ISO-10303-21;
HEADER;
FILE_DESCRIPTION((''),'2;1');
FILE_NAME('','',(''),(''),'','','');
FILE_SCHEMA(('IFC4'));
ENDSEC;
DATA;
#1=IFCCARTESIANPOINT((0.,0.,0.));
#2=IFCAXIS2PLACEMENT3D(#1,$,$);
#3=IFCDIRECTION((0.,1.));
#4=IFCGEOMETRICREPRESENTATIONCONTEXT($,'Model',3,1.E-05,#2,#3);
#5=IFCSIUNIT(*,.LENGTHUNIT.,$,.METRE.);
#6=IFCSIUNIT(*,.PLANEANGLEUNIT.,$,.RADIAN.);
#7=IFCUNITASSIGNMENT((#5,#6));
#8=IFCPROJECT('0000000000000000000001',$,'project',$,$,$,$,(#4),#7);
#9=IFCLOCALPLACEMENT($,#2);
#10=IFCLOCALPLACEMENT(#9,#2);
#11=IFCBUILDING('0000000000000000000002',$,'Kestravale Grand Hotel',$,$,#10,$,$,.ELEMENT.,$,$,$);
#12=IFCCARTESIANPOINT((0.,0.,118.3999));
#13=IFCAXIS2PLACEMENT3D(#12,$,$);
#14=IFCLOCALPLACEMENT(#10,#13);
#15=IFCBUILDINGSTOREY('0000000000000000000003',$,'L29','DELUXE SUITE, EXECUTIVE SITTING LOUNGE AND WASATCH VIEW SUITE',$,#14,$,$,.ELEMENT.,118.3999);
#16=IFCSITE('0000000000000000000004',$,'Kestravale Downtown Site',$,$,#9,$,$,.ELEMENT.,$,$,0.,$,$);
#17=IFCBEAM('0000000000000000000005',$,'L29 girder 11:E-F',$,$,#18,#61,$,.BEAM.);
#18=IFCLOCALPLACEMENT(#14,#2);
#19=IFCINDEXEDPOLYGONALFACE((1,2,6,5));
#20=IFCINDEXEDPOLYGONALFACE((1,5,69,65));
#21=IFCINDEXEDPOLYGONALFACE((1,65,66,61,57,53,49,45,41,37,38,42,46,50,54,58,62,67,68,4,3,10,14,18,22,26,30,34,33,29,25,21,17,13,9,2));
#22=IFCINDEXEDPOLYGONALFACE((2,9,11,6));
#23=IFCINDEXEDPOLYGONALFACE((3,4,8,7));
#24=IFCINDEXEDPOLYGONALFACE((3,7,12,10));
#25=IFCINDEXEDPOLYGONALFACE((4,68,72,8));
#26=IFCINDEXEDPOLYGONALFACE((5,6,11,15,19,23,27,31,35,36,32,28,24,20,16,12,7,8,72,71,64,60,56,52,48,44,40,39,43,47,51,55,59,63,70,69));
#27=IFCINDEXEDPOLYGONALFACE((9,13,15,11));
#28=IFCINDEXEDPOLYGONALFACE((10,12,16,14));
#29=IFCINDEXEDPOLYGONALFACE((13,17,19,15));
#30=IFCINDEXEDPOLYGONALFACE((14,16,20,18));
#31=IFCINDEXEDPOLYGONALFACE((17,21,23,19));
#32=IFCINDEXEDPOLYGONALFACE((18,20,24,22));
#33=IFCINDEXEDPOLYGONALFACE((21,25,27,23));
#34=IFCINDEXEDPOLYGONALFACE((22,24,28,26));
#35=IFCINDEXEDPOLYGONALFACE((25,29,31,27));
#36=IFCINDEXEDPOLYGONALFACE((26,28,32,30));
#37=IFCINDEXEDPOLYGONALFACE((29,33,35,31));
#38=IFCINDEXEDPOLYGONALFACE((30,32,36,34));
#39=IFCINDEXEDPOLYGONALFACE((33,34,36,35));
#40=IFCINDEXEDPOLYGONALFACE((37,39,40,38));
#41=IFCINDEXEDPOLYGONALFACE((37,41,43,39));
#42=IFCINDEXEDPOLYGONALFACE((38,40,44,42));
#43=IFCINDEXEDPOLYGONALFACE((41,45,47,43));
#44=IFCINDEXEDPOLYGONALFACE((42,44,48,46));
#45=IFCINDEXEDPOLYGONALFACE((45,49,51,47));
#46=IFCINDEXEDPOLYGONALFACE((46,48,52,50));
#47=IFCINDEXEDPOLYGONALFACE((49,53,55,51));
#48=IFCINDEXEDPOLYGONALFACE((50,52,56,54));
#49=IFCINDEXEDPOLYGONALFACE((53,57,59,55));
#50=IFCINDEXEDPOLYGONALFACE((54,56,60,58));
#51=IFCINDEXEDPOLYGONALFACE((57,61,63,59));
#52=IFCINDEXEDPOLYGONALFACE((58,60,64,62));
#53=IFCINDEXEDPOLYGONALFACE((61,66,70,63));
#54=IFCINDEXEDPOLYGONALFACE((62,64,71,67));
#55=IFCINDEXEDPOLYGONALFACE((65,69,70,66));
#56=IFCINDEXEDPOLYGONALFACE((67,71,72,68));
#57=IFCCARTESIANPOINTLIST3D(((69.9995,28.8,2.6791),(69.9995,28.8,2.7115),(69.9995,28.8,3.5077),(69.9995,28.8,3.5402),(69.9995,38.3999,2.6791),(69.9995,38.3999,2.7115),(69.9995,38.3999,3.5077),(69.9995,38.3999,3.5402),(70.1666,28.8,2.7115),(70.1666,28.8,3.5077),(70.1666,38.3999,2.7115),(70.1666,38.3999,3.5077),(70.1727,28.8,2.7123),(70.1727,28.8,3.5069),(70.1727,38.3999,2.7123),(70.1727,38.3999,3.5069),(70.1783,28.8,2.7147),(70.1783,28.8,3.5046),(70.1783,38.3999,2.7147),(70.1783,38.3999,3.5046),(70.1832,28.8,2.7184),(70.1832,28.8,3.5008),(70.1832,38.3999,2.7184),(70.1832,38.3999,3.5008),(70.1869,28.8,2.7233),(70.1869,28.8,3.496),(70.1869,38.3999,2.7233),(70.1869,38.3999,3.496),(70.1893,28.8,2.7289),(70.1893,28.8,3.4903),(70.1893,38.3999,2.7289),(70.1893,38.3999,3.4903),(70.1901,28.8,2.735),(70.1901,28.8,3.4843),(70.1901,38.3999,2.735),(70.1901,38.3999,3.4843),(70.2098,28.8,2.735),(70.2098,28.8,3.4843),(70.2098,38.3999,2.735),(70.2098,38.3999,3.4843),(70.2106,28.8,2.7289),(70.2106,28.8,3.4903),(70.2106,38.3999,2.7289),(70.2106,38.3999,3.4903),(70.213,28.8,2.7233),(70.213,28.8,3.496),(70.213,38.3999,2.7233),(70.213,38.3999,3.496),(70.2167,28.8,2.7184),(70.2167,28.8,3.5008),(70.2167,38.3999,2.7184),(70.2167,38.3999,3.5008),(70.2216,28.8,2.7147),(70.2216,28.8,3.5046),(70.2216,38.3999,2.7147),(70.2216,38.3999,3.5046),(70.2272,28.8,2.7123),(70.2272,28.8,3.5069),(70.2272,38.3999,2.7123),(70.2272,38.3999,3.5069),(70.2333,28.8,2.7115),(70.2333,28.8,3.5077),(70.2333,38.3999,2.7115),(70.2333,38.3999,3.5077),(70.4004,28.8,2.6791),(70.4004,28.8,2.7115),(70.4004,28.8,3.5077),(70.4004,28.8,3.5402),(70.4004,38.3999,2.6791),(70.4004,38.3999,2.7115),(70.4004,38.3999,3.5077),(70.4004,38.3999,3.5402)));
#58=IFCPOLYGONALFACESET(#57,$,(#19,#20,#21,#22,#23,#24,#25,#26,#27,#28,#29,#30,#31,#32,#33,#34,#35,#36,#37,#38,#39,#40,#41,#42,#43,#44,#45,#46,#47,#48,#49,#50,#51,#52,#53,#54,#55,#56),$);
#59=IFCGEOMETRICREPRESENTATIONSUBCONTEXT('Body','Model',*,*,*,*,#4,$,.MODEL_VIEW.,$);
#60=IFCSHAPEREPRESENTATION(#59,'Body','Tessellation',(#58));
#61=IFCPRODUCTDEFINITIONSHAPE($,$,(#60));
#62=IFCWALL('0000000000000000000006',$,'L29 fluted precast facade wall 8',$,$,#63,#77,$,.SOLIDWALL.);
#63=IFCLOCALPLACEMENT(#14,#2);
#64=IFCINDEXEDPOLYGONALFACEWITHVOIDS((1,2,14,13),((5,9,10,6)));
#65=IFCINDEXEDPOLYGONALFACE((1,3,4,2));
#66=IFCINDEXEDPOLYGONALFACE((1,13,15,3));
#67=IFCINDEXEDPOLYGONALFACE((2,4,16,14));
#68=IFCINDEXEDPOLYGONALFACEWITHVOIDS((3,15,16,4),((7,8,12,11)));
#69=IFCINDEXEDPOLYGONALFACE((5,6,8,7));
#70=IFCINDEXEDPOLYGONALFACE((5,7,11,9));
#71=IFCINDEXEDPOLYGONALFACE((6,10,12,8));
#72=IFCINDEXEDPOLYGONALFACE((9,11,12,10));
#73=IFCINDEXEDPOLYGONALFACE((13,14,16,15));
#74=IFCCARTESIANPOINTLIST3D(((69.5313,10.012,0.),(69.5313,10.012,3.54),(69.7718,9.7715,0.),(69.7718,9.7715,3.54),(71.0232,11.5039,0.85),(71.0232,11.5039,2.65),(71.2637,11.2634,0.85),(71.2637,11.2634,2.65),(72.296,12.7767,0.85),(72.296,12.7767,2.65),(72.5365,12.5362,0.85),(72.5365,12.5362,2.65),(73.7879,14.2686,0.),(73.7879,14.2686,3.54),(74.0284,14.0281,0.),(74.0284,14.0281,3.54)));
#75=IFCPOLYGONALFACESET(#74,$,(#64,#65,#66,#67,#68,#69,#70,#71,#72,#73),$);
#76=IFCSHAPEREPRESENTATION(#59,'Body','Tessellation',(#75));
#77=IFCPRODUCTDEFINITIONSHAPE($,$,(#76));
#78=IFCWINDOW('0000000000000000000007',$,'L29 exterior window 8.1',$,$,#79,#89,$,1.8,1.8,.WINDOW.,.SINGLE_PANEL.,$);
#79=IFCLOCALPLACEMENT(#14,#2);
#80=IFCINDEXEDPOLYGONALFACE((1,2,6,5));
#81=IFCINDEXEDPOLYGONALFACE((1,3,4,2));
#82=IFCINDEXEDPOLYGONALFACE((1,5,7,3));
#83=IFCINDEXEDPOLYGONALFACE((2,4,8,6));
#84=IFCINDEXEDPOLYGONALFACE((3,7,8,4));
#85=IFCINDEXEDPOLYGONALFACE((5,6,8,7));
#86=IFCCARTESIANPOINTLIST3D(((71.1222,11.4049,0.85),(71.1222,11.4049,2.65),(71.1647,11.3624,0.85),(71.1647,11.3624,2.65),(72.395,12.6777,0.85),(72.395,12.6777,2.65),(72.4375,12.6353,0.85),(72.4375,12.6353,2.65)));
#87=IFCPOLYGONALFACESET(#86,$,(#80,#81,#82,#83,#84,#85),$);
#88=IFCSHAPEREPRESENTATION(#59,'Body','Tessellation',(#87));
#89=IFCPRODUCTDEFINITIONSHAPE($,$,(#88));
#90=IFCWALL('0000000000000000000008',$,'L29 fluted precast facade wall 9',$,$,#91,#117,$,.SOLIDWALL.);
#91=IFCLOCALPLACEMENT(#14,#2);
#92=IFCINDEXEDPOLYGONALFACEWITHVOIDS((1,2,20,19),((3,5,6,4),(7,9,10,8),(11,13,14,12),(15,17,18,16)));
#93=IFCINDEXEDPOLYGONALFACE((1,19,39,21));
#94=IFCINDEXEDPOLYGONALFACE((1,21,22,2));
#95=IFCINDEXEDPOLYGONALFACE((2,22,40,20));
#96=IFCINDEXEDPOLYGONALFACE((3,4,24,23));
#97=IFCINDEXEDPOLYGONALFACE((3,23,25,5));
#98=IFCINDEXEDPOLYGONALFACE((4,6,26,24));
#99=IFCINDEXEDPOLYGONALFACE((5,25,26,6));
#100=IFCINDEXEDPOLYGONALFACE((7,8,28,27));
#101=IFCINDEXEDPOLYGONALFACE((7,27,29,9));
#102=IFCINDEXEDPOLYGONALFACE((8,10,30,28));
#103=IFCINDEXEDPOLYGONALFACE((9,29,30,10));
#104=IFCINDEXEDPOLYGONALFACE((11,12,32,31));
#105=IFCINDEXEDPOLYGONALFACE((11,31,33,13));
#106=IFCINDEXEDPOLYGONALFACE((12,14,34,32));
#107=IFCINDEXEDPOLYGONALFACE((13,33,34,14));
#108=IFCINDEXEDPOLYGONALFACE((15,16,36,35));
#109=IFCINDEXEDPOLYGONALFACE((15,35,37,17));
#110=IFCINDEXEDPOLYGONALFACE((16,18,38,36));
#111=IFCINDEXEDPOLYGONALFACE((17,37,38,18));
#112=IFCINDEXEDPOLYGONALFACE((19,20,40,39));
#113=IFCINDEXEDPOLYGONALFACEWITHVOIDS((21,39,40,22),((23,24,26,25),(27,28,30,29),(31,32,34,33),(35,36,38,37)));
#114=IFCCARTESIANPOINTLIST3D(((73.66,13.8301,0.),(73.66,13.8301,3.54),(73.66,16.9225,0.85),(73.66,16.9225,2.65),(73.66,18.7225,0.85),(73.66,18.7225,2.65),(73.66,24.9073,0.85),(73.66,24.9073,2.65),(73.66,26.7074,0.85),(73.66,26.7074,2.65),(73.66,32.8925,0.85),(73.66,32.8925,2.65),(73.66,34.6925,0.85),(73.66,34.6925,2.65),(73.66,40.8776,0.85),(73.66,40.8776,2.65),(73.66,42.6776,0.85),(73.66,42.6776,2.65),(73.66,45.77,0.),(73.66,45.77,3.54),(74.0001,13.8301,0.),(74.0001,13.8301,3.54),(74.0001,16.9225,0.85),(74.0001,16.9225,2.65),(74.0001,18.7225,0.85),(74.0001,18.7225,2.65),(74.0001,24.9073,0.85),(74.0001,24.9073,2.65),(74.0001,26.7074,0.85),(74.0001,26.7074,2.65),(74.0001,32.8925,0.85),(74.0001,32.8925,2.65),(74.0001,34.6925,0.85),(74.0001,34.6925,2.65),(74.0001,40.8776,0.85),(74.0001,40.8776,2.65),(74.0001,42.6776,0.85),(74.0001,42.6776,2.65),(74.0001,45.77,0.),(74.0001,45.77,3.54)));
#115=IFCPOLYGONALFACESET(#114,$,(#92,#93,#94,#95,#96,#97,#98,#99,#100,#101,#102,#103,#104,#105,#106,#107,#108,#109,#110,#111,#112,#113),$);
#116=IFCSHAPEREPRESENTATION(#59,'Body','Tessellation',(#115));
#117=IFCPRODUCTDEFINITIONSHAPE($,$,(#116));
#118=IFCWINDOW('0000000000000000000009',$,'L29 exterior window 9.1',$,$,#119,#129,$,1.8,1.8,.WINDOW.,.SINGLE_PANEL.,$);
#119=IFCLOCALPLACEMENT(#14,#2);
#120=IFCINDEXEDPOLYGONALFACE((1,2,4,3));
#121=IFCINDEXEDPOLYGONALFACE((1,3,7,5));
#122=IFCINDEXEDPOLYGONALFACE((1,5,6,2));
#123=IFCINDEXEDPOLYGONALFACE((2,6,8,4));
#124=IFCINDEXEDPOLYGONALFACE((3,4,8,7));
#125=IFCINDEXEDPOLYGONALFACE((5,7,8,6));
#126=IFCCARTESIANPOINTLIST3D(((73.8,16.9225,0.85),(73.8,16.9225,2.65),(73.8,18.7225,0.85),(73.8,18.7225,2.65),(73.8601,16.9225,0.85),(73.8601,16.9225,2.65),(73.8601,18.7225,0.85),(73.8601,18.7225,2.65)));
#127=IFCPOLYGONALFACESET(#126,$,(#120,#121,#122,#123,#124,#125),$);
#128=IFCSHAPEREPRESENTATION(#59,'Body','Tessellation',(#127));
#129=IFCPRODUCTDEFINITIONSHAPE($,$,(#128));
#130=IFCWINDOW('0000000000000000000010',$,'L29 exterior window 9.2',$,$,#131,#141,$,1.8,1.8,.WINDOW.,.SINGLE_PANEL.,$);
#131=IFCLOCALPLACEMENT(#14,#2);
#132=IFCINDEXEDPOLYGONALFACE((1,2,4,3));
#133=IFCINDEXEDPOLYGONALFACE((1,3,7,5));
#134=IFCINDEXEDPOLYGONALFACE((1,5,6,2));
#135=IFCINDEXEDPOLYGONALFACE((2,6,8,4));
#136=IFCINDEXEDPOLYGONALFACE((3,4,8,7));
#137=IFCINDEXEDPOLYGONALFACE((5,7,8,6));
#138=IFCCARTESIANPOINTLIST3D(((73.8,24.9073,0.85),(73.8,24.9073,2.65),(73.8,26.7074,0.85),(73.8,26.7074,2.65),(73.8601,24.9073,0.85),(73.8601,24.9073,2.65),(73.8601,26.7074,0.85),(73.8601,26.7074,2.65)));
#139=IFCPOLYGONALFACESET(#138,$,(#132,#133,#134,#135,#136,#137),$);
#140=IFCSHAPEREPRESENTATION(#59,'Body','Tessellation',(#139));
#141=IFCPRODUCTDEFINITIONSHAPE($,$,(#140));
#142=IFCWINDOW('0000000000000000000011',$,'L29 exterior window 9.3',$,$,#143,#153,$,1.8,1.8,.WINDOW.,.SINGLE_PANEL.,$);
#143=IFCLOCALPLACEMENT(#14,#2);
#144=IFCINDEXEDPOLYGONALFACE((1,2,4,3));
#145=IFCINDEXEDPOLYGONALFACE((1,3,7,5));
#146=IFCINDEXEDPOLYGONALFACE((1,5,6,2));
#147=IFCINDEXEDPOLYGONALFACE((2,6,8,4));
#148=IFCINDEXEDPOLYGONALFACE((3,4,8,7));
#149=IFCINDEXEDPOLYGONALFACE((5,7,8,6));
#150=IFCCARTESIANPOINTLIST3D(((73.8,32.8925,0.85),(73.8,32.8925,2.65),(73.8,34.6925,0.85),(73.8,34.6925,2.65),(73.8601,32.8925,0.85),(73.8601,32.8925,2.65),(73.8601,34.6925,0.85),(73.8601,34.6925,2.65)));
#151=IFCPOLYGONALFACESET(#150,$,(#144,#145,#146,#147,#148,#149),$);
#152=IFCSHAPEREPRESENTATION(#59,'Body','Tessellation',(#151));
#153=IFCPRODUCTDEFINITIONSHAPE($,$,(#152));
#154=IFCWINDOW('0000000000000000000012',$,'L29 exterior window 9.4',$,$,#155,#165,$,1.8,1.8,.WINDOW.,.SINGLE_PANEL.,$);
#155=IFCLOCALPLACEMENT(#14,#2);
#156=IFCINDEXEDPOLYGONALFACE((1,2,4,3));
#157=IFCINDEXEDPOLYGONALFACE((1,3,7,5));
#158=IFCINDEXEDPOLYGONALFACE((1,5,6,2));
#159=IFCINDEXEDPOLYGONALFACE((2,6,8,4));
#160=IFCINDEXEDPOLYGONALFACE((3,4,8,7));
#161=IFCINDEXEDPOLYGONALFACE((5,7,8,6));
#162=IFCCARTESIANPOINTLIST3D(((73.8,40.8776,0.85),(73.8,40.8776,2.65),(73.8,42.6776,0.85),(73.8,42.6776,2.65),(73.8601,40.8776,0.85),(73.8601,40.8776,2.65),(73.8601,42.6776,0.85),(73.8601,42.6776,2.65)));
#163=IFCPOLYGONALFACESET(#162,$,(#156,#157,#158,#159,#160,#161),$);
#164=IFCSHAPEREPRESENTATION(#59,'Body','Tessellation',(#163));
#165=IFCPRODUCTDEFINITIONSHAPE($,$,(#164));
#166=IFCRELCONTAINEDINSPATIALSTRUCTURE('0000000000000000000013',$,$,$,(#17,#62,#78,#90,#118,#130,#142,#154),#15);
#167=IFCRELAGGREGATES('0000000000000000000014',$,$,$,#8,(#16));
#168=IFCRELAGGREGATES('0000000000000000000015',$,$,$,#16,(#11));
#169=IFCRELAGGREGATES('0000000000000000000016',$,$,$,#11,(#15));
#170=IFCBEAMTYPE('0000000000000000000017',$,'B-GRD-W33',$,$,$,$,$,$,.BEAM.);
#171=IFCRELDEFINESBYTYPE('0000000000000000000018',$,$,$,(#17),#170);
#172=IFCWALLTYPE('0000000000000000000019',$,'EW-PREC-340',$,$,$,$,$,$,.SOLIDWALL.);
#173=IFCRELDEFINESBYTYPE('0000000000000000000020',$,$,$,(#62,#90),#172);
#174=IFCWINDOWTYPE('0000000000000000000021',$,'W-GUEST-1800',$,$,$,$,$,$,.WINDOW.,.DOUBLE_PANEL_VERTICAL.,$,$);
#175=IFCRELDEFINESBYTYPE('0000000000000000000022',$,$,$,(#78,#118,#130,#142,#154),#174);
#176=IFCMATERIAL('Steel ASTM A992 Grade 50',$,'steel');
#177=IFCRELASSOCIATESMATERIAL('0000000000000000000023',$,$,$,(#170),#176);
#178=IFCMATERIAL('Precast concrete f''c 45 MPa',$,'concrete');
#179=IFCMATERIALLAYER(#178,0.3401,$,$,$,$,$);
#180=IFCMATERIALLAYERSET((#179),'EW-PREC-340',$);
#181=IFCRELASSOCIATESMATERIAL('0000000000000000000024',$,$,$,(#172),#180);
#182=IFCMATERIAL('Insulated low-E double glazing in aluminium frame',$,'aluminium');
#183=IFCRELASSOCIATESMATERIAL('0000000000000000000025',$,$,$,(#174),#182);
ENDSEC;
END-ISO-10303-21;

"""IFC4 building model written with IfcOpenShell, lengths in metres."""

from ifc_helpers import new_model, si_unit, direction, frame, frame_2d, origin, origin_2d, place, context, subcontext, project, spatial, rectangle, i_section, extrude, material, layer, layer_set, material_profile, profile_set, type_object, element, fill, save


model = new_model("IFC4")

# Units and contexts
model_context = context("Model", 3, precision=1e-05, world=origin(), true_north=direction((0.0, 1.0)))
body_context = subcontext(model_context, "Body", "Model", "MODEL_VIEW")
ifc_project = project(units=[si_unit("LENGTHUNIT", "METRE"), si_unit("PLANEANGLEUNIT", "RADIAN")], contexts=[model_context])

# Site, building, storey
site_placement = place(None, origin())
site = spatial("IfcSite", under=ifc_project, at=site_placement, Name="Kestravale Downtown Site", CompositionType="ELEMENT", RefElevation=0.0)
building_placement = place(site_placement, origin())
building = spatial("IfcBuilding", under=site, at=building_placement, Name="Kestravale Grand Hotel", CompositionType="ELEMENT")
storey_placement = place(building_placement, frame((0.0, 0.0, 118.3999)))
storey = spatial("IfcBuildingStorey", under=building, at=storey_placement, Name="L29", Description="DELUXE SUITE, EXECUTIVE SITTING LOUNGE AND WASATCH VIEW SUITE", CompositionType="ELEMENT", Elevation=118.3999)

# Beam
ifc_material_1 = material(Name="Steel ASTM A992 Grade 50", Category="steel")
ifc_material_profile_1 = material_profile(ifc_material_1, i_section(OverallWidth=0.4009, OverallDepth=0.8611, WebThickness=0.0198, FlangeThickness=0.0325, FilletRadius=0.0234, at=origin_2d()))
ifc_profile_set_1 = profile_set([ifc_material_profile_1], Name="Steel ASTM A992 Grade 50")
beam_type_1 = type_object("IfcBeamType", Name="B-GRD-W33", PredefinedType="BEAM", material=ifc_profile_set_1)
beam_1_placement = place(storey_placement, frame((70.2, 28.8, 3.1096), z_axis=(0.0, 1.0, 0.0), x_axis=(-1.0, 0.0, 0.0)))
element("IfcBeam", 1, at=beam_1_placement, inside=storey, type_object=beam_type_1, Name="L29 girder 11:E-F", PredefinedType="BEAM", context=body_context, shape_type="SweptSolid", body=[
    extrude(i_section(OverallWidth=0.4009, OverallDepth=0.8611, WebThickness=0.0198, FlangeThickness=0.0325, FilletRadius=0.0234, at=origin_2d()), origin(), (0.0, 0.0, 1.0), 9.5999),
])

# Wall, opening, window
ifc_material_2 = material(Name="Precast concrete f'c 45 MPa", Category="concrete")
ifc_layer_1 = layer(ifc_material_2, 0.3401)
ifc_layer_set_1 = layer_set([ifc_layer_1], Name="EW-PREC-340")
wall_type_1 = type_object("IfcWallType", Name="EW-PREC-340", PredefinedType="SOLIDWALL", material=ifc_layer_set_1)
wall_1_placement = place(storey_placement, frame((69.6516, 9.8918, 0.0), z_axis=(0.0, 0.0, 1.0), x_axis=(0.707107, 0.707107, 0.0)))
wall_1 = element("IfcWall", 2, at=wall_1_placement, inside=storey, type_object=wall_type_1, Name="L29 fluted precast facade wall 8", PredefinedType="SOLIDWALL", context=body_context, shape_type="SweptSolid", body=[
    extrude(rectangle(XDim=6.0198, YDim=0.3401, at=frame_2d((3.0098, 0.0))), origin(), (0.0, 0.0, 1.0), 3.54),
])
opening_1_placement = place(wall_1_placement, frame((2.1099, 0.0, 0.8501)))
opening_1 = element("IfcOpeningElement", 3, at=opening_1_placement, cuts=wall_1, PredefinedType="OPENING", context=body_context, shape_type="SweptSolid", body=[
    extrude(rectangle(XDim=1.8, YDim=1.8, at=frame_2d((0.8999, 0.8999))), frame((0.0, 0.1799, 0.0), z_axis=(0.0, -1.0, 0.0), x_axis=(1.0, 0.0, 0.0)), (0.0, 0.0, 1.0), 0.3601),
])
ifc_material_3 = material(Name="Insulated low-E double glazing in aluminium frame", Category="aluminium")
window_type = type_object("IfcWindowType", Name="W-GUEST-1800", PartitioningType="DOUBLE_PANEL_VERTICAL", PredefinedType="WINDOW", material=ifc_material_3)
window_1_placement = place(opening_1_placement, origin())
window_1 = element("IfcWindow", 4, at=window_1_placement, inside=storey, type_object=window_type, Name="L29 exterior window 8.1", OverallHeight=1.8, OverallWidth=1.8, PartitioningType="SINGLE_PANEL", PredefinedType="WINDOW", context=body_context, shape_type="SweptSolid", body=[
    extrude(rectangle(XDim=1.8, YDim=1.8, at=frame_2d((0.8999, 0.8999))), frame((0.0, 0.03, 0.0), z_axis=(0.0, -1.0, 0.0), x_axis=(1.0, 0.0, 0.0)), (0.0, 0.0, 1.0), 0.0601),
])
fill(opening_1, window_1)

# Wall, openings, windows
wall_2_placement = place(storey_placement, frame((73.8301, 13.8301, 0.0), z_axis=(0.0, 0.0, 1.0), x_axis=(0.0, 1.0, 0.0)))
wall_2 = element("IfcWall", 5, at=wall_2_placement, inside=storey, type_object=wall_type_1, Name="L29 fluted precast facade wall 9", PredefinedType="SOLIDWALL", context=body_context, shape_type="SweptSolid", body=[
    extrude(rectangle(XDim=31.9399, YDim=0.3401, at=frame_2d((15.97, 0.0))), origin(), (0.0, 0.0, 1.0), 3.54),
])
opening_2_placement = place(wall_2_placement, frame((3.0925, 0.0, 0.8501)))
opening_2 = element("IfcOpeningElement", 6, at=opening_2_placement, cuts=wall_2, PredefinedType="OPENING", context=body_context, shape_type="SweptSolid", body=[
    extrude(rectangle(XDim=1.8, YDim=1.8, at=frame_2d((0.8999, 0.8999))), frame((0.0, 0.1799, 0.0), z_axis=(0.0, -1.0, 0.0), x_axis=(1.0, 0.0, 0.0)), (0.0, 0.0, 1.0), 0.3601),
])
opening_3_placement = place(wall_2_placement, frame((11.0774, 0.0, 0.8501)))
opening_3 = element("IfcOpeningElement", 7, at=opening_3_placement, cuts=wall_2, PredefinedType="OPENING", context=body_context, shape_type="SweptSolid", body=[
    extrude(rectangle(XDim=1.8, YDim=1.8, at=frame_2d((0.8999, 0.8999))), frame((0.0, 0.1799, 0.0), z_axis=(0.0, -1.0, 0.0), x_axis=(1.0, 0.0, 0.0)), (0.0, 0.0, 1.0), 0.3601),
])
opening_4_placement = place(wall_2_placement, frame((19.0625, 0.0, 0.8501)))
opening_4 = element("IfcOpeningElement", 8, at=opening_4_placement, cuts=wall_2, PredefinedType="OPENING", context=body_context, shape_type="SweptSolid", body=[
    extrude(rectangle(XDim=1.8, YDim=1.8, at=frame_2d((0.8999, 0.8999))), frame((0.0, 0.1799, 0.0), z_axis=(0.0, -1.0, 0.0), x_axis=(1.0, 0.0, 0.0)), (0.0, 0.0, 1.0), 0.3601),
])
opening_5_placement = place(wall_2_placement, frame((27.0476, 0.0, 0.8501)))
opening_5 = element("IfcOpeningElement", 9, at=opening_5_placement, cuts=wall_2, PredefinedType="OPENING", context=body_context, shape_type="SweptSolid", body=[
    extrude(rectangle(XDim=1.8, YDim=1.8, at=frame_2d((0.8999, 0.8999))), frame((0.0, 0.1799, 0.0), z_axis=(0.0, -1.0, 0.0), x_axis=(1.0, 0.0, 0.0)), (0.0, 0.0, 1.0), 0.3601),
])
window_2_placement = place(opening_2_placement, origin())
window_2 = element("IfcWindow", 10, at=window_2_placement, inside=storey, type_object=window_type, Name="L29 exterior window 9.1", OverallHeight=1.8, OverallWidth=1.8, PartitioningType="SINGLE_PANEL", PredefinedType="WINDOW", context=body_context, shape_type="SweptSolid", body=[
    extrude(rectangle(XDim=1.8, YDim=1.8, at=frame_2d((0.8999, 0.8999))), frame((0.0, 0.03, 0.0), z_axis=(0.0, -1.0, 0.0), x_axis=(1.0, 0.0, 0.0)), (0.0, 0.0, 1.0), 0.0601),
])
fill(opening_2, window_2)
window_3_placement = place(opening_3_placement, origin())
window_3 = element("IfcWindow", 11, at=window_3_placement, inside=storey, type_object=window_type, Name="L29 exterior window 9.2", OverallHeight=1.8, OverallWidth=1.8, PartitioningType="SINGLE_PANEL", PredefinedType="WINDOW", context=body_context, shape_type="SweptSolid", body=[
    extrude(rectangle(XDim=1.8, YDim=1.8, at=frame_2d((0.8999, 0.8999))), frame((0.0, 0.03, 0.0), z_axis=(0.0, -1.0, 0.0), x_axis=(1.0, 0.0, 0.0)), (0.0, 0.0, 1.0), 0.0601),
])
fill(opening_3, window_3)
window_4_placement = place(opening_4_placement, origin())
window_4 = element("IfcWindow", 12, at=window_4_placement, inside=storey, type_object=window_type, Name="L29 exterior window 9.3", OverallHeight=1.8, OverallWidth=1.8, PartitioningType="SINGLE_PANEL", PredefinedType="WINDOW", context=body_context, shape_type="SweptSolid", body=[
    extrude(rectangle(XDim=1.8, YDim=1.8, at=frame_2d((0.8999, 0.8999))), frame((0.0, 0.03, 0.0), z_axis=(0.0, -1.0, 0.0), x_axis=(1.0, 0.0, 0.0)), (0.0, 0.0, 1.0), 0.0601),
])
fill(opening_4, window_4)
window_5_placement = place(opening_5_placement, origin())
window_5 = element("IfcWindow", 13, at=window_5_placement, inside=storey, type_object=window_type, Name="L29 exterior window 9.4", OverallHeight=1.8, OverallWidth=1.8, PartitioningType="SINGLE_PANEL", PredefinedType="WINDOW", context=body_context, shape_type="SweptSolid", body=[
    extrude(rectangle(XDim=1.8, YDim=1.8, at=frame_2d((0.8999, 0.8999))), frame((0.0, 0.03, 0.0), z_axis=(0.0, -1.0, 0.0), x_axis=(1.0, 0.0, 0.0)), (0.0, 0.0, 1.0), 0.0601),
])
fill(opening_5, window_5)

save(model, "model.ifc")
